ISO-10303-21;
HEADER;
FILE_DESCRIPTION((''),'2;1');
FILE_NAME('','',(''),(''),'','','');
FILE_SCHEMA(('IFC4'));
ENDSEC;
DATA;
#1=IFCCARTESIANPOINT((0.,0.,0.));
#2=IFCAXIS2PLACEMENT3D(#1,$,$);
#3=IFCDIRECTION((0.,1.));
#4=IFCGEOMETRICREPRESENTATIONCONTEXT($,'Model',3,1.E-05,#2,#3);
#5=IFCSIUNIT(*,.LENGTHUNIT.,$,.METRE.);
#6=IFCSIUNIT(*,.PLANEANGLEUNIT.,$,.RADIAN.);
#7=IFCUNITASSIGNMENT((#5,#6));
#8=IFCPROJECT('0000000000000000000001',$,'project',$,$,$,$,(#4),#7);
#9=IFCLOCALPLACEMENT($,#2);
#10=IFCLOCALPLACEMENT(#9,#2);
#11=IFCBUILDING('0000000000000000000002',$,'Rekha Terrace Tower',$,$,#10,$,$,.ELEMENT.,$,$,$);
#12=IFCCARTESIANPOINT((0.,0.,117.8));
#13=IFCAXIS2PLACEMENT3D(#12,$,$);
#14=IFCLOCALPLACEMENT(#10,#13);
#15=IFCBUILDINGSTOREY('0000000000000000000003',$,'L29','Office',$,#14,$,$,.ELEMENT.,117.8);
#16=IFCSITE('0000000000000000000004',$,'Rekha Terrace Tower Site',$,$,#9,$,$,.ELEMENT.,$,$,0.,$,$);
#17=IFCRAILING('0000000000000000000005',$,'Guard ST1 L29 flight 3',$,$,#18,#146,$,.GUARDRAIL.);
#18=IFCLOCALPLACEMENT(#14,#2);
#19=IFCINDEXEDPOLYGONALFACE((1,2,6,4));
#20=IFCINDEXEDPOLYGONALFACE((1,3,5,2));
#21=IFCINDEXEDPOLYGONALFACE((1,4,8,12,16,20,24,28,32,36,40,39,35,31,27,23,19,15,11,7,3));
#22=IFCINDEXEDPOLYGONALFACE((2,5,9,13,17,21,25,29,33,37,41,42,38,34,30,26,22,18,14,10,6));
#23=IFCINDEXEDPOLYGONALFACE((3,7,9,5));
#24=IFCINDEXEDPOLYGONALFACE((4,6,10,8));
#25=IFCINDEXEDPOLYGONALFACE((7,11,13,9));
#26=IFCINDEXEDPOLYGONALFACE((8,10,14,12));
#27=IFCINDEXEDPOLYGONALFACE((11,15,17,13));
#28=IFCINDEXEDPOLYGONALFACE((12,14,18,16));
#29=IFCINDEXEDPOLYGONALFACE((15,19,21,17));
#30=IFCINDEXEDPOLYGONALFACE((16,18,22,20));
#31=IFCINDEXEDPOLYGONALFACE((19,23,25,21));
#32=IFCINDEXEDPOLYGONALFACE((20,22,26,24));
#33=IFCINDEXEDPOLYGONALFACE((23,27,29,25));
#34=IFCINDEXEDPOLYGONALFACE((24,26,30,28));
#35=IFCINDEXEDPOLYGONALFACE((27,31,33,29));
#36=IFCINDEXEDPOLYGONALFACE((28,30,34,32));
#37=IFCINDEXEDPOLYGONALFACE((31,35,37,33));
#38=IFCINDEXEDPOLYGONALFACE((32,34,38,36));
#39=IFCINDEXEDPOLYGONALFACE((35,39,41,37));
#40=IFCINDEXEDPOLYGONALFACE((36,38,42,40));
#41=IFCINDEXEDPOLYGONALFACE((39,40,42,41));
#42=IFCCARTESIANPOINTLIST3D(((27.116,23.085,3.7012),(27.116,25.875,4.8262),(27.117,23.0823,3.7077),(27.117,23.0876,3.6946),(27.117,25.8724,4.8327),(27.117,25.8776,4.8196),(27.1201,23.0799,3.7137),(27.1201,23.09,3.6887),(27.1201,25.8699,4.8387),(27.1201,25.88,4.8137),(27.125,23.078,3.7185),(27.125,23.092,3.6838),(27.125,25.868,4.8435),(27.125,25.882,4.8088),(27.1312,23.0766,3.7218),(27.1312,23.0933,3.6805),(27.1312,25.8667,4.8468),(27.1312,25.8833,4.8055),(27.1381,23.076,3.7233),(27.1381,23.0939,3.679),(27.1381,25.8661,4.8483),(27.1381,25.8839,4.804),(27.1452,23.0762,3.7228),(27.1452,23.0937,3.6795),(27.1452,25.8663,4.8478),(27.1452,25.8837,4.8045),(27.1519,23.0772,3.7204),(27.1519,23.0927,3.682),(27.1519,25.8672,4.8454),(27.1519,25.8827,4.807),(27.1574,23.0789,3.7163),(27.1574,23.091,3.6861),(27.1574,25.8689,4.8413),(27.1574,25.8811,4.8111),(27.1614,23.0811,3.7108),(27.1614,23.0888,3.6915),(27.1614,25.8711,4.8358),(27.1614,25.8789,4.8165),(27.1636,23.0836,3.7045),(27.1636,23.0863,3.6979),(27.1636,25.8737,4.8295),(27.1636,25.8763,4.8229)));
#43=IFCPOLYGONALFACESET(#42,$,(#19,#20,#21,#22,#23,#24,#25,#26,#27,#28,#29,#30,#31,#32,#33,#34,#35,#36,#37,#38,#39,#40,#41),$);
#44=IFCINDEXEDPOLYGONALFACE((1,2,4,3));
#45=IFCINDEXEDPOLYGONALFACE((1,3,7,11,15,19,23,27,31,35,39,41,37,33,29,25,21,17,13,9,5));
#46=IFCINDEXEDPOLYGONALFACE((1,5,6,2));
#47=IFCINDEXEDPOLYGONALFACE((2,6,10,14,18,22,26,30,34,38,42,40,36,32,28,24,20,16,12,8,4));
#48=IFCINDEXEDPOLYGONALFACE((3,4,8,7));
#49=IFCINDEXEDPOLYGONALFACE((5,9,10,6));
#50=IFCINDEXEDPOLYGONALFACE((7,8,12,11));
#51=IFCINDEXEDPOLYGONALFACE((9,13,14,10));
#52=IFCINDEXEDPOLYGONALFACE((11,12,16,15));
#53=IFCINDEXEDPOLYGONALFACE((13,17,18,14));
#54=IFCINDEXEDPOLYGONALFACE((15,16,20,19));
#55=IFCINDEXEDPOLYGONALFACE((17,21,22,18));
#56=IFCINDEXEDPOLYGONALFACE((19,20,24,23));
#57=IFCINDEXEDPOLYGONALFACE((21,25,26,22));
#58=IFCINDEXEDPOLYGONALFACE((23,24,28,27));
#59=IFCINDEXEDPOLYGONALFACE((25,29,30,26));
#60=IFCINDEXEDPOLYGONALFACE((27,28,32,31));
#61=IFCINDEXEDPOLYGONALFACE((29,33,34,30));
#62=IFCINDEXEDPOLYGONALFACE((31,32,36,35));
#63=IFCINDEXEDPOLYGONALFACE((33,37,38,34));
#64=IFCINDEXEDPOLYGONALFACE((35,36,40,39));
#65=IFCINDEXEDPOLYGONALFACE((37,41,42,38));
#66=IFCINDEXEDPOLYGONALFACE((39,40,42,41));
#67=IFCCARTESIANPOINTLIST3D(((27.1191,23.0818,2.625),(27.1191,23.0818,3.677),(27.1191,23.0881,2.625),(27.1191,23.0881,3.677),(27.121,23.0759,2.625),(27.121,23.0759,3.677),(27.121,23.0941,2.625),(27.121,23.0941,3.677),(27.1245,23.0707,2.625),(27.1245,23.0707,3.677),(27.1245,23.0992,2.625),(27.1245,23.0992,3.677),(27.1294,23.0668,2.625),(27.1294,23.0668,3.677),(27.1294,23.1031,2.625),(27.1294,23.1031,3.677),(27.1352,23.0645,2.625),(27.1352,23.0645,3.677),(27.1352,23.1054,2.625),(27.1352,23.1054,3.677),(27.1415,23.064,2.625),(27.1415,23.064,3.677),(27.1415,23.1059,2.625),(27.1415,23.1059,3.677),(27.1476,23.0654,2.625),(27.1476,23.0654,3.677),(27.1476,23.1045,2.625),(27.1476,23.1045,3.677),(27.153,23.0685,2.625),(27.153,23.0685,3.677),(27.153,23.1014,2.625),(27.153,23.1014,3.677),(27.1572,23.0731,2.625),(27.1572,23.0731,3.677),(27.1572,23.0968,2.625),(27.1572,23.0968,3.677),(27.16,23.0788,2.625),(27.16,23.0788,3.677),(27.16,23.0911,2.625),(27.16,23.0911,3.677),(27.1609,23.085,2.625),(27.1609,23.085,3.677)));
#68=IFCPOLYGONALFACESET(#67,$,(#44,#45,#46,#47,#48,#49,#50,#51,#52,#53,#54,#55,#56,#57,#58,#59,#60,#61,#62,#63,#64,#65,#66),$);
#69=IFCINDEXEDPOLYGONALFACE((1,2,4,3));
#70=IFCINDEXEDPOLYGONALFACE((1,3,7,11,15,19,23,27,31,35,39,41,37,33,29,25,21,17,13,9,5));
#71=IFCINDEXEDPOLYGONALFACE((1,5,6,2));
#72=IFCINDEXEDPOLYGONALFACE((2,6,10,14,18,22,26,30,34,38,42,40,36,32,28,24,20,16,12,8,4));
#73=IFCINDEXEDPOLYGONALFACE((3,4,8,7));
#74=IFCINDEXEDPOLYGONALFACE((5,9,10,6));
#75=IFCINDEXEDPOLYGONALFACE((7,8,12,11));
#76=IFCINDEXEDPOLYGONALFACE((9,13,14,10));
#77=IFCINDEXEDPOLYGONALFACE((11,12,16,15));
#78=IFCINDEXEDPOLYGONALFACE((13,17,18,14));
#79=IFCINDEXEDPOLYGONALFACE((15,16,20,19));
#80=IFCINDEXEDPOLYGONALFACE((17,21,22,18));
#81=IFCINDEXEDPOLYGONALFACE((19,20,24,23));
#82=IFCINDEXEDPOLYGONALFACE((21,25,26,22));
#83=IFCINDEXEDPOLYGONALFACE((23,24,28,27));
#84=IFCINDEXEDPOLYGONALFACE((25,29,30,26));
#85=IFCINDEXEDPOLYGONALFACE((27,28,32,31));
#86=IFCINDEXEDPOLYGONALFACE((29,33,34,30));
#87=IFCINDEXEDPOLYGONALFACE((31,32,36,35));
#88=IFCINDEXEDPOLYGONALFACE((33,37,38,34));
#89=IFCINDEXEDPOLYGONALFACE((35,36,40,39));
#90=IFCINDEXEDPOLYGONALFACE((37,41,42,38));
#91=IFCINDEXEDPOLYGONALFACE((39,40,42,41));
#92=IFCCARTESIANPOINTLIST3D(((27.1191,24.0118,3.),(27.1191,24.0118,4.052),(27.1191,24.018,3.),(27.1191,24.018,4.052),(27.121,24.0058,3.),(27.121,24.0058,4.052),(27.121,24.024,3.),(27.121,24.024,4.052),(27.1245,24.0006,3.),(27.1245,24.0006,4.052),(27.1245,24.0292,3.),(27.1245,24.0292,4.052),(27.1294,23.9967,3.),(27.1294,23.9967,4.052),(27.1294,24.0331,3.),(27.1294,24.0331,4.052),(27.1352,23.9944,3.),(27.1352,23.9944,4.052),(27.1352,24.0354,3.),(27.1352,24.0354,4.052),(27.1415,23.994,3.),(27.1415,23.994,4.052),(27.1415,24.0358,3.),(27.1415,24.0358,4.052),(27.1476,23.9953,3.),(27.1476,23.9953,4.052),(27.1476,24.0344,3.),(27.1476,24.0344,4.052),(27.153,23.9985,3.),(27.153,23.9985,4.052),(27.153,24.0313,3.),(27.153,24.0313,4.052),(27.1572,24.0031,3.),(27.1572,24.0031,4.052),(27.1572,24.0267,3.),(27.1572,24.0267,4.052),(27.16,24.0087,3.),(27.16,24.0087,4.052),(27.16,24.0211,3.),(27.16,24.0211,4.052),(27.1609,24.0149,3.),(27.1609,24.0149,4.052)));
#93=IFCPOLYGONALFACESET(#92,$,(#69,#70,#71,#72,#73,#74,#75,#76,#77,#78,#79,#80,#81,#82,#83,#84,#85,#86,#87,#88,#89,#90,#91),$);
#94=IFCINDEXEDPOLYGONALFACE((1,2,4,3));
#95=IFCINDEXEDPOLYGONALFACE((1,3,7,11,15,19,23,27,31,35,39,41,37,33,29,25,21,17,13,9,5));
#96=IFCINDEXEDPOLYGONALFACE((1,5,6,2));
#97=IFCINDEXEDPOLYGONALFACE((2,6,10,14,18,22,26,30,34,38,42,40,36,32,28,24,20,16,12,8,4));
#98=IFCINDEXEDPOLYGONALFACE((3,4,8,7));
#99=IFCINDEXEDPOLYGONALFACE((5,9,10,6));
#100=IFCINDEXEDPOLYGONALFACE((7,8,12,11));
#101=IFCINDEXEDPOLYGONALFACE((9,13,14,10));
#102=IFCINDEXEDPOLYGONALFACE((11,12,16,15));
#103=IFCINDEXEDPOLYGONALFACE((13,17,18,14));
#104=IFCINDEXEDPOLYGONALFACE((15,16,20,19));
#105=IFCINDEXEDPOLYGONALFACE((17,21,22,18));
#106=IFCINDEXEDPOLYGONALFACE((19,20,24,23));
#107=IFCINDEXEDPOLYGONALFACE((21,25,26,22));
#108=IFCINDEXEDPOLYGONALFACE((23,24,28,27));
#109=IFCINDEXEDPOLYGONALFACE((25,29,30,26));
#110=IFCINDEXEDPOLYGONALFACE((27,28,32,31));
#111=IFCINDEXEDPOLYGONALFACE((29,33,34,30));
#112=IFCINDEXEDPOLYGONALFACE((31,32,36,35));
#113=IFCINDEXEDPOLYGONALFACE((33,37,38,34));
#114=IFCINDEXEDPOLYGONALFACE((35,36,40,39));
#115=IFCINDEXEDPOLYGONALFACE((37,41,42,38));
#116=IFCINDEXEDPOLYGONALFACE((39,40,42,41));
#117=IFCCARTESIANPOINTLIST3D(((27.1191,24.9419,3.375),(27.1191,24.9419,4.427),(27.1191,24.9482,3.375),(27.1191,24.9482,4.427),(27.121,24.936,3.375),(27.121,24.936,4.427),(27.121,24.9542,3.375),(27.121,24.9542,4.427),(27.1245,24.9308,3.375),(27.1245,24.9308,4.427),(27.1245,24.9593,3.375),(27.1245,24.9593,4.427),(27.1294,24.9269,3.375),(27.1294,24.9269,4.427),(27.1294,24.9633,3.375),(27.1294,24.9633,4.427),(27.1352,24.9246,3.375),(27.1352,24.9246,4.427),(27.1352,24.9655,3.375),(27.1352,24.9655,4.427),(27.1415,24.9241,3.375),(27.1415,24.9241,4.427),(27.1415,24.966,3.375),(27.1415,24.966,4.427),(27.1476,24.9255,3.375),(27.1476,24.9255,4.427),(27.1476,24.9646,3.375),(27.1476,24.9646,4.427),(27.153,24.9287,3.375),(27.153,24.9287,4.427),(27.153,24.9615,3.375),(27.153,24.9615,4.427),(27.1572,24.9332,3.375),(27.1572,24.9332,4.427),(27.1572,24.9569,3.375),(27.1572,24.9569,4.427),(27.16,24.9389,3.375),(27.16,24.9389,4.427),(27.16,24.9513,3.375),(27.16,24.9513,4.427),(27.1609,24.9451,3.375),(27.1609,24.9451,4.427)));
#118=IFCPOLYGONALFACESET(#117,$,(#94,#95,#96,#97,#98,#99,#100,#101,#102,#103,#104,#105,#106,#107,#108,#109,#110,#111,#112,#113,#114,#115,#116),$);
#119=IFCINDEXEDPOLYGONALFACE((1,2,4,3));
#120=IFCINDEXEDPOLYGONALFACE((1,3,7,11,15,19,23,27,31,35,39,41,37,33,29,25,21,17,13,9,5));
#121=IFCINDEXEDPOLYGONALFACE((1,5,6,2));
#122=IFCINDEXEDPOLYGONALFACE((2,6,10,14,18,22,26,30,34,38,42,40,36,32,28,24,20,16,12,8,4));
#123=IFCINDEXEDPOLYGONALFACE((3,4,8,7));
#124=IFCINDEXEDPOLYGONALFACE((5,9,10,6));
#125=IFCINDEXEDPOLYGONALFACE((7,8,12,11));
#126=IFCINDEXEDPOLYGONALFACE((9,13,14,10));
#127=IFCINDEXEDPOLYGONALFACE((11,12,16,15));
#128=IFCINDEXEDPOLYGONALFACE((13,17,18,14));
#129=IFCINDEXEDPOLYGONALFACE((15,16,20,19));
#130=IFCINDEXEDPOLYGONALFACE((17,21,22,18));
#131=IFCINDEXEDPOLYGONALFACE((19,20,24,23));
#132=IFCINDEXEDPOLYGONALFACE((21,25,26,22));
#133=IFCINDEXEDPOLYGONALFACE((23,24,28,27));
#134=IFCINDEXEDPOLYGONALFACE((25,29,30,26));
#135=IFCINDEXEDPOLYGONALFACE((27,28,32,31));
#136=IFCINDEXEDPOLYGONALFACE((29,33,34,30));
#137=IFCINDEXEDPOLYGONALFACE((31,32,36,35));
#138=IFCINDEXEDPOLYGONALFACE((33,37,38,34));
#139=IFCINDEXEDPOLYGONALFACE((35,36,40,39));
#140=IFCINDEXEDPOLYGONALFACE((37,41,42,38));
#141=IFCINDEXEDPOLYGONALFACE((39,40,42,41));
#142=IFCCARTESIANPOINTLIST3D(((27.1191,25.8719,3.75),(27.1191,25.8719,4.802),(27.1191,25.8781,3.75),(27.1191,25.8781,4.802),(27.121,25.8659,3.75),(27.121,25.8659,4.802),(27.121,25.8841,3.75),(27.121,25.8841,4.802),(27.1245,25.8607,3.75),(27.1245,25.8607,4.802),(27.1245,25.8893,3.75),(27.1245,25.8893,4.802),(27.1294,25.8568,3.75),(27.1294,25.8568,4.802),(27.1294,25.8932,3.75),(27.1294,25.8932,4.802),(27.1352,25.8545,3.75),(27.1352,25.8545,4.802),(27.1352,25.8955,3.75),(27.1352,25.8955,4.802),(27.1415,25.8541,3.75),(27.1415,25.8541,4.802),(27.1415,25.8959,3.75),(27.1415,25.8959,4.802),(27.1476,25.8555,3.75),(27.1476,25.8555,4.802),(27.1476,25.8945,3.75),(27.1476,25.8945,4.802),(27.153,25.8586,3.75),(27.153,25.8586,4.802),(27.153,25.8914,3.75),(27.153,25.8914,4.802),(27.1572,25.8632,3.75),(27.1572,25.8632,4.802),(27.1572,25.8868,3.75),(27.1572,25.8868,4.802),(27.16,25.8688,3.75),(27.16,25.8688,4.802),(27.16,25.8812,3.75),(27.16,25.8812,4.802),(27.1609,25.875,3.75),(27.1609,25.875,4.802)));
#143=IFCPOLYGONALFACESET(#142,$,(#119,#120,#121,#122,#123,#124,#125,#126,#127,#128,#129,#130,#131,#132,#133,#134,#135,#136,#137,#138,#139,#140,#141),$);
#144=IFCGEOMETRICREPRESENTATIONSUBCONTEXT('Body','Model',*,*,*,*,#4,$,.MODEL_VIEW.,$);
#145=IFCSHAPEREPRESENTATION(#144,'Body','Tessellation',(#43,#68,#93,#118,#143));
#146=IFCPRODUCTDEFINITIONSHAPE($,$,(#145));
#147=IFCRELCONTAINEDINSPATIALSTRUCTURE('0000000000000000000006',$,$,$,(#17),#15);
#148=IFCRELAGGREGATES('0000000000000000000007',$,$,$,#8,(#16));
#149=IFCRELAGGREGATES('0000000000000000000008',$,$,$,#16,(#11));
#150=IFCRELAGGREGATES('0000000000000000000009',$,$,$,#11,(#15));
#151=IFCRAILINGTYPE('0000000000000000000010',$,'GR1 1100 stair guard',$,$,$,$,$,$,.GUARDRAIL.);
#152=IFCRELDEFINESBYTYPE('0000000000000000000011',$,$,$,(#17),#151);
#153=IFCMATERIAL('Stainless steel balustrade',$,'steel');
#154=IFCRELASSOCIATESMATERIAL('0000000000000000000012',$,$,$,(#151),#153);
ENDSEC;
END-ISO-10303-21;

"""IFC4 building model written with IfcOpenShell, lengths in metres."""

from ifc_helpers import new_model, si_unit, direction, frame, origin, origin_2d, place, context, subcontext, project, spatial, circle, extrude, material, type_object, element, save


model = new_model("IFC4")

# Units and contexts
model_context = context("Model", 3, precision=1e-05, world=origin(), true_north=direction((0.0, 1.0)))
body_context = subcontext(model_context, "Body", "Model", "MODEL_VIEW")
ifc_project = project(units=[si_unit("LENGTHUNIT", "METRE"), si_unit("PLANEANGLEUNIT", "RADIAN")], contexts=[model_context])

# Site, building, storey
site_placement = place(None, origin())
site = spatial("IfcSite", under=ifc_project, at=site_placement, Name="Rekha Terrace Tower Site", CompositionType="ELEMENT", RefElevation=0.0)
building_placement = place(site_placement, origin())
building = spatial("IfcBuilding", under=site, at=building_placement, Name="Rekha Terrace Tower", CompositionType="ELEMENT")
storey_placement = place(building_placement, frame((0.0, 0.0, 117.8)))
storey = spatial("IfcBuildingStorey", under=building, at=storey_placement, Name="L29", Description="Office", CompositionType="ELEMENT", Elevation=117.8)

# Railing
ifc_material_1 = material(Name="Stainless steel balustrade", Category="steel")
railing_type_1 = type_object("IfcRailingType", Name="GR1 1100 stair guard", PredefinedType="GUARDRAIL", material=ifc_material_1)
railing_1_placement = place(storey_placement, frame((27.1399, 23.085, 2.625)))
element("IfcRailing", 1, at=railing_1_placement, inside=storey, type_object=railing_type_1, Name="Guard ST1 L29 flight 3", PredefinedType="GUARDRAIL", context=body_context, shape_type="SweptSolid", body=[
    extrude(circle(Radius=0.0239, at=origin_2d()), frame((0.0, 0.0, 1.0762), z_axis=(0.0, 0.927443, 0.373964), x_axis=(-1.0, 0.0, 0.0)), (0.0, 0.0, 1.0), 3.0083),
    extrude(circle(Radius=0.021, at=origin_2d()), origin(), (0.0, 0.0, 1.0), 1.052),
    extrude(circle(Radius=0.021, at=origin_2d()), frame((0.0, 0.9299, 0.375)), (0.0, 0.0, 1.0), 1.052),
    extrude(circle(Radius=0.021, at=origin_2d()), frame((0.0, 1.8601, 0.75)), (0.0, 0.0, 1.0), 1.052),
    extrude(circle(Radius=0.021, at=origin_2d()), frame((0.0, 2.79, 1.125)), (0.0, 0.0, 1.0), 1.052),
])

save(model, "model.ifc")
